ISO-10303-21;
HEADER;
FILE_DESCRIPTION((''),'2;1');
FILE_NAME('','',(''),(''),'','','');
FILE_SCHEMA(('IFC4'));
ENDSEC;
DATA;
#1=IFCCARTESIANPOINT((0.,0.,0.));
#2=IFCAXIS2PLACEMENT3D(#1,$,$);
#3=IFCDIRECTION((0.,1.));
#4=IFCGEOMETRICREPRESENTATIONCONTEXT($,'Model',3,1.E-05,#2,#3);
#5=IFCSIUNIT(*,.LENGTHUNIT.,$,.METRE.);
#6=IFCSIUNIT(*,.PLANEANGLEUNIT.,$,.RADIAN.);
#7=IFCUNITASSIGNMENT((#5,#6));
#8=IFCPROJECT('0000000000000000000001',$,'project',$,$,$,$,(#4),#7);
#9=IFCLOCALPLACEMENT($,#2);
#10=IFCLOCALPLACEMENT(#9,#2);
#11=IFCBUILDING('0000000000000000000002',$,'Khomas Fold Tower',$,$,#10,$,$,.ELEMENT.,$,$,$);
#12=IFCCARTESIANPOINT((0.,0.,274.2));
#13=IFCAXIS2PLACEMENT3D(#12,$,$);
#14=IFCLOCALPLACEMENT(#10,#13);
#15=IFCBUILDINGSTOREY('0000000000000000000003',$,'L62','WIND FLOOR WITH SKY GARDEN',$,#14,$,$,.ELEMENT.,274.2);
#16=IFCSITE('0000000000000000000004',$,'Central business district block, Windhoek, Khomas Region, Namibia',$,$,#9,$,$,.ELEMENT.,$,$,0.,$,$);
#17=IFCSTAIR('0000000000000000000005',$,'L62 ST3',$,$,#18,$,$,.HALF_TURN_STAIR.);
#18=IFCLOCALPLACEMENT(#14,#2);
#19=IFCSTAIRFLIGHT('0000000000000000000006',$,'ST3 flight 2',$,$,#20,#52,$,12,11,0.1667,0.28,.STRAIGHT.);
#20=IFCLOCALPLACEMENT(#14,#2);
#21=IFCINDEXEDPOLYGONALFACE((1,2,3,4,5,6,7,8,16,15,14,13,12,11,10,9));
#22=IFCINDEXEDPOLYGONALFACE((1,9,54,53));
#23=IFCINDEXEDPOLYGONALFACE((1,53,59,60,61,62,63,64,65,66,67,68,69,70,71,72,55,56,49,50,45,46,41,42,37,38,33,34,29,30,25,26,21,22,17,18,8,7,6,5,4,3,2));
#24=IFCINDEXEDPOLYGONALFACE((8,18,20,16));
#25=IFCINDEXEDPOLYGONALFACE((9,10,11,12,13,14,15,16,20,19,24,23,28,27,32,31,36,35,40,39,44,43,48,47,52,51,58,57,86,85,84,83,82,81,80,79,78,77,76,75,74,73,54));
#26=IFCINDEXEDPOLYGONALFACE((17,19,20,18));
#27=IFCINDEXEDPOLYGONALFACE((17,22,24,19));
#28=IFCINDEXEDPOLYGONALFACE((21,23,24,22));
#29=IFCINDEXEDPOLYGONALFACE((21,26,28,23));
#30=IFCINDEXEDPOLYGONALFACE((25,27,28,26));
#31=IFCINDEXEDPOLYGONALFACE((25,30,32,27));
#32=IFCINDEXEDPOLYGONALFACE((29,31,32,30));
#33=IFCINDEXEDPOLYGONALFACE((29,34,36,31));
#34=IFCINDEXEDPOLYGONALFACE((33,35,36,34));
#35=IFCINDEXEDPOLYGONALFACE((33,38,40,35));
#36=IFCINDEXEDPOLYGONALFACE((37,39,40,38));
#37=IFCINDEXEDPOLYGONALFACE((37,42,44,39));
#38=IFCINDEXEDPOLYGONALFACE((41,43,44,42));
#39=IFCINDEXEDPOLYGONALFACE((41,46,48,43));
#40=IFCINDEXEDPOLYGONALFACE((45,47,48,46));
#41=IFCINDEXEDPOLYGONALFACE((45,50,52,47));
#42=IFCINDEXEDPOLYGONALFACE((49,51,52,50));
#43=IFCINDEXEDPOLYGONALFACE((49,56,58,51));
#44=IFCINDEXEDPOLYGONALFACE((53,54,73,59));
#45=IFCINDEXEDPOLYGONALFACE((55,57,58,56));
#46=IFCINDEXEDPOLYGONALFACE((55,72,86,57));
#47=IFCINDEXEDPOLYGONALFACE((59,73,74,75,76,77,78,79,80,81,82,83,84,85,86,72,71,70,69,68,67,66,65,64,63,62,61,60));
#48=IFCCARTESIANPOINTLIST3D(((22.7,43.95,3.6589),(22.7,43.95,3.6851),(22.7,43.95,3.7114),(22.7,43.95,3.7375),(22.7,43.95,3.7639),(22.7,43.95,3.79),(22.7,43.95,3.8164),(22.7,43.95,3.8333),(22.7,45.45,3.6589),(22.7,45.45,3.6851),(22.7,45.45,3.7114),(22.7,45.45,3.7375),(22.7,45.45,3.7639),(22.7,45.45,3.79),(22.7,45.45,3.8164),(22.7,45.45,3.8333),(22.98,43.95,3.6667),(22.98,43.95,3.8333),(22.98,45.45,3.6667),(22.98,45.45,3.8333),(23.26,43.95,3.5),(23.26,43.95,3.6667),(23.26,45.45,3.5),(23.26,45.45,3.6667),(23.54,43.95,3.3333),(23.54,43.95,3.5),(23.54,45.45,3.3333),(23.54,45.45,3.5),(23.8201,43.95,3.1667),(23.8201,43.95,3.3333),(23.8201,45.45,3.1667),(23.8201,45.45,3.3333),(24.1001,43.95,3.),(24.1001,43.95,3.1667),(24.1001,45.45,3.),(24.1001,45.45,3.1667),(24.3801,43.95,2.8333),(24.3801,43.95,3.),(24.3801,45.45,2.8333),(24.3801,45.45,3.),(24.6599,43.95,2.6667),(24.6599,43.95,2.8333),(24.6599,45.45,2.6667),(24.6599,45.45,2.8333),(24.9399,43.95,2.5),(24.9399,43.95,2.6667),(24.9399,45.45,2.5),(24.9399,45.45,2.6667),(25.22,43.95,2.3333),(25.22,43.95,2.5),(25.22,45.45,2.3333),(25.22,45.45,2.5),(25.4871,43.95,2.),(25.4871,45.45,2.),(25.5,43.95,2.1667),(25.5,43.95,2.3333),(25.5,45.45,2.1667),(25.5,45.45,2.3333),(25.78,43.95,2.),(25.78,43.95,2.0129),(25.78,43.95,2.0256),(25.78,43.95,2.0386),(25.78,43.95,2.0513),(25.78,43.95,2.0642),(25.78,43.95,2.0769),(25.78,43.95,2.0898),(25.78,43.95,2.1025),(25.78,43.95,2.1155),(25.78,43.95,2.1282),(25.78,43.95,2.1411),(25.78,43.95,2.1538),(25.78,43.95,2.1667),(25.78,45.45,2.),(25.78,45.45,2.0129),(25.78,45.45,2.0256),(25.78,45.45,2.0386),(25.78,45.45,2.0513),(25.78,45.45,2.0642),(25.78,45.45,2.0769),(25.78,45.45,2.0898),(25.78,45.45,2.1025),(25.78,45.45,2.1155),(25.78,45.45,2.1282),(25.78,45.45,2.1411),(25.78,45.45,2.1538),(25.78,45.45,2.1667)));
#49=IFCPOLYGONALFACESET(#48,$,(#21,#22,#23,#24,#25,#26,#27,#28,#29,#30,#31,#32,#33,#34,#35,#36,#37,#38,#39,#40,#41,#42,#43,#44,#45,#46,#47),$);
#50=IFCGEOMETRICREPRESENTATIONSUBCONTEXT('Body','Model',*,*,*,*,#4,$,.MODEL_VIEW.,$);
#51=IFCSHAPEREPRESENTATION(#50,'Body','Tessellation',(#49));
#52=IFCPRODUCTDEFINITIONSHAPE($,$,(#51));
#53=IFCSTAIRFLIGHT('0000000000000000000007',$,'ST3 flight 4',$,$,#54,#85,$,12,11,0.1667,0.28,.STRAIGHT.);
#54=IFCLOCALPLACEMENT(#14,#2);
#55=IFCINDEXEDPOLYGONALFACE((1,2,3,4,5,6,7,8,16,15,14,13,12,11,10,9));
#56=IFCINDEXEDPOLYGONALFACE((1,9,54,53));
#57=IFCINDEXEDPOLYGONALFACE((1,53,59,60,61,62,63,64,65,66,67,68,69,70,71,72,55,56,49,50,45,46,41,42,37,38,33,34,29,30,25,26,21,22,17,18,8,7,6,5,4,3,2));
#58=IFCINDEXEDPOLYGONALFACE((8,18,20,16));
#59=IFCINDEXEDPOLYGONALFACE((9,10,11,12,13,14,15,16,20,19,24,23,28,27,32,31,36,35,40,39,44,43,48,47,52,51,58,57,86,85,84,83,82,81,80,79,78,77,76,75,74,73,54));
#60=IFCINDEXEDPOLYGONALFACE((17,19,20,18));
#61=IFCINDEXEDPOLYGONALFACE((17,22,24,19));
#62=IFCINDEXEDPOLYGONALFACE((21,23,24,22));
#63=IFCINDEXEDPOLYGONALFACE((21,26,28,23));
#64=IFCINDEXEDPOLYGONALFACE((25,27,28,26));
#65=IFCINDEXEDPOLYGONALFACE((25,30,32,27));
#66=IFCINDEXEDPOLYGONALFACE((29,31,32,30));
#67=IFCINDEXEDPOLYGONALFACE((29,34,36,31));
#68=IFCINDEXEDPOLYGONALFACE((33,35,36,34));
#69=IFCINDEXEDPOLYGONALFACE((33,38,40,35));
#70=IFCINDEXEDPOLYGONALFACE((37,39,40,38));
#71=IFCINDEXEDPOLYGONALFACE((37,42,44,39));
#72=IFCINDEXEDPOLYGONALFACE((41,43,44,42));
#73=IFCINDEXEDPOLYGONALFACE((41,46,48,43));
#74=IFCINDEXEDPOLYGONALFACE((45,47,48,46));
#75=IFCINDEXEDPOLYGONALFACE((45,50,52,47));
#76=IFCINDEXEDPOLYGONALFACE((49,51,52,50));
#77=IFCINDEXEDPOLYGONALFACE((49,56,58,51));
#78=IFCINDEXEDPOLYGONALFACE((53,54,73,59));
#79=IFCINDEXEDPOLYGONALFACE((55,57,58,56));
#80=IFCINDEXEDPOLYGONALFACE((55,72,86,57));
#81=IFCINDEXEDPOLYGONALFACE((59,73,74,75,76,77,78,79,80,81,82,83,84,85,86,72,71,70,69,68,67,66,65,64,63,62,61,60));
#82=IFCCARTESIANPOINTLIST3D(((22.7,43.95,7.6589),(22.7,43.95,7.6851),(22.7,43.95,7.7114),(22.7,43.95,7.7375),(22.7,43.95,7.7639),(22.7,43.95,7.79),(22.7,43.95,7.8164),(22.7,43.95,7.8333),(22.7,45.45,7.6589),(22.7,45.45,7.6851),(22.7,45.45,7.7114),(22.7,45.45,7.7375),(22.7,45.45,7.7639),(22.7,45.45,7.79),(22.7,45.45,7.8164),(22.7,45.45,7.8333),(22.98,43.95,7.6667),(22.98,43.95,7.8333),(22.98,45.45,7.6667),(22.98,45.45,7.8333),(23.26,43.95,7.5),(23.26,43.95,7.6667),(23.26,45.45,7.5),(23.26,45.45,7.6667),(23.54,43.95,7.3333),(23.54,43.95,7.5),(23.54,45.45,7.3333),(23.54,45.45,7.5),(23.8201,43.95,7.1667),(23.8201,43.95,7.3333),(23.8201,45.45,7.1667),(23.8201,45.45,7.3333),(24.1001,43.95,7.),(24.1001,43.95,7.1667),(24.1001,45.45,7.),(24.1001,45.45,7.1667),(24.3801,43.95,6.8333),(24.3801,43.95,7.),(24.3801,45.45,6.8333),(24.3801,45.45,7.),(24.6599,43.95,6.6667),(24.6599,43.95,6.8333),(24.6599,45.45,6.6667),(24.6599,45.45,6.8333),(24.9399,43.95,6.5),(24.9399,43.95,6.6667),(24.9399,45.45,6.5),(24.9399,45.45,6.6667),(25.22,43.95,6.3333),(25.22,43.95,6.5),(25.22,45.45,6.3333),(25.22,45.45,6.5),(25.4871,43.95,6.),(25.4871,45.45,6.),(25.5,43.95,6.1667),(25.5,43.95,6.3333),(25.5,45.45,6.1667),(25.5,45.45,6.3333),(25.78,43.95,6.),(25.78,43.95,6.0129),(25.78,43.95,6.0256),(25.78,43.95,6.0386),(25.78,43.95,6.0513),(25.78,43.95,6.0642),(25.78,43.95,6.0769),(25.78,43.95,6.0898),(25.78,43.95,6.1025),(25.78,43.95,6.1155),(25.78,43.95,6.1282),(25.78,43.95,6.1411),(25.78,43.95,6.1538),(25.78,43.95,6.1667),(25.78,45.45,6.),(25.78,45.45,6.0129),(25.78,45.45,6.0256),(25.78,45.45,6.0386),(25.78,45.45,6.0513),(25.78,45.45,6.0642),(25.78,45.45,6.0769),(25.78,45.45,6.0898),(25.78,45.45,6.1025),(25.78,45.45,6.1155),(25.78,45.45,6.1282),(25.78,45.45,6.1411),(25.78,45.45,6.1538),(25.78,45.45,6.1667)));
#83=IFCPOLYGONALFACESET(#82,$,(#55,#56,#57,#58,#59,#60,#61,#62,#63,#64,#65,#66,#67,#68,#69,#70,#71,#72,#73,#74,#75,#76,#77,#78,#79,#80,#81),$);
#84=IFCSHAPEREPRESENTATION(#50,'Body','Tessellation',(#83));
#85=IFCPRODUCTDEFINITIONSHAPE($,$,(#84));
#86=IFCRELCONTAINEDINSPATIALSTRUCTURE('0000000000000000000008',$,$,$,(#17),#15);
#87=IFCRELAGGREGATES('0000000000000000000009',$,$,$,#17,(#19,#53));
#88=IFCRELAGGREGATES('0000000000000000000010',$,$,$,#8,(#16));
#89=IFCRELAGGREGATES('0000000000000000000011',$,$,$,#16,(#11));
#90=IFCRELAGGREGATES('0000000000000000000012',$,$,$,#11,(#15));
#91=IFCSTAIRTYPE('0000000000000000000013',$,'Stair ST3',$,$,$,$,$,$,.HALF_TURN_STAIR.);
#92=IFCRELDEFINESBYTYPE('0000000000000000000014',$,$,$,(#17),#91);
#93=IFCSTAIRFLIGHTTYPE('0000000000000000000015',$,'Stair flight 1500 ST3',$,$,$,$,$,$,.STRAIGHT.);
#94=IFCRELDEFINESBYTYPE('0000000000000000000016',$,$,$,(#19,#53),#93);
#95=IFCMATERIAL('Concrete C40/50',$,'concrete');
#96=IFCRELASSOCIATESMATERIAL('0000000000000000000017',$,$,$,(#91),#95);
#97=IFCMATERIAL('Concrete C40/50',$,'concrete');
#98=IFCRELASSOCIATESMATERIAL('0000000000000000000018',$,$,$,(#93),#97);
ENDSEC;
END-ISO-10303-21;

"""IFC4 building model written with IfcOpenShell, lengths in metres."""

from ifc_helpers import new_model, si_unit, direction, frame, origin, place, context, subcontext, project, spatial, polyline, outline, extrude, source, transform, mapped, material, type_object, element, aggregate, save


model = new_model("IFC4")

# Units and contexts
model_context = context("Model", 3, precision=1e-05, world=origin(), true_north=direction((0.0, 1.0)))
body_context = subcontext(model_context, "Body", "Model", "MODEL_VIEW")
ifc_project = project(units=[si_unit("LENGTHUNIT", "METRE"), si_unit("PLANEANGLEUNIT", "RADIAN")], contexts=[model_context])

# Site, building, storey
site_placement = place(None, origin())
site = spatial("IfcSite", under=ifc_project, at=site_placement, Name="Central business district block, Windhoek, Khomas Region, Namibia", CompositionType="ELEMENT", RefElevation=0.0)
building_placement = place(site_placement, origin())
building = spatial("IfcBuilding", under=site, at=building_placement, Name="Khomas Fold Tower", CompositionType="ELEMENT")
storey_placement = place(building_placement, frame((0.0, 0.0, 274.2)))
storey = spatial("IfcBuildingStorey", under=building, at=storey_placement, Name="L62", Description="WIND FLOOR WITH SKY GARDEN", CompositionType="ELEMENT", Elevation=274.2)

# Stair, stair flights
ifc_material_1 = material(Name="Concrete C40/50", Category="concrete")
stair_type = type_object("IfcStairType", Name="Stair ST3", PredefinedType="HALF_TURN_STAIR", material=ifc_material_1)
stair_placement = place(storey_placement, origin())
stair = element("IfcStair", 1, at=stair_placement, inside=storey, type_object=stair_type, Name="L62 ST3", PredefinedType="HALF_TURN_STAIR")
ifc_material_2 = material(Name="Concrete C40/50", Category="concrete")
stair_flight_type = type_object("IfcStairFlightType", Name="Stair flight 1500 ST3", PredefinedType="STRAIGHT", material=ifc_material_2)
shared_shape_1 = source(origin(), body_context, "Body", "SweptSolid", [
    extrude(outline(polyline([(0.0, 0.0), (0.0, 0.0129), (0.0, 0.0256), (0.0, 0.0386), (0.0, 0.0513), (0.0, 0.0642), (0.0, 0.0769), (0.0, 0.0898), (0.0, 0.1025), (0.0, 0.1155), (0.0, 0.1282), (0.0, 0.1411), (0.0, 0.1538), (0.0, 0.1667), (0.28, 0.1667), (0.28, 0.3333), (0.5601, 0.3333), (0.5601, 0.5), (0.8401, 0.5), (0.8401, 0.6667), (1.1201, 0.6667), (1.1201, 0.8333), (1.3999, 0.8333), (1.3999, 1.0), (1.6799, 1.0), (1.6799, 1.1667), (1.96, 1.1667), (1.96, 1.3333), (2.24, 1.3333), (2.24, 1.5), (2.52, 1.5), (2.52, 1.6667), (2.8, 1.6667), (2.8, 1.8333), (3.0801, 1.8333), (3.0801, 2.0), (3.0801, 1.9739), (3.0801, 1.9475), (3.0801, 1.9214), (3.0801, 1.895), (3.0801, 1.8689), (3.0801, 1.8425), (3.0801, 1.8164), (3.0801, 1.79), (3.0801, 1.7639), (3.0801, 1.7375), (3.0801, 1.7114), (3.0801, 1.6851), (3.0801, 1.6589), (0.293, 0.0), (0.0, 0.0)])), frame((0.0, 0.75, 0.0), z_axis=(0.0, -1.0, 0.0), x_axis=(1.0, 0.0, 0.0)), (0.0, 0.0, 1.0), 1.5),
])
stair_flight_1_placement = place(storey_placement, frame((25.78, 44.7, 2.0), z_axis=(0.0, 0.0, 1.0), x_axis=(-1.0, 0.0, 0.0)))
stair_flight_1 = element("IfcStairFlight", 2, at=stair_flight_1_placement, type_object=stair_flight_type, Name="ST3 flight 2", NumberOfRisers=12, NumberOfTreads=11, PredefinedType="STRAIGHT", RiserHeight=0.1667, TreadLength=0.28, context=body_context, shape_type="MappedRepresentation", body=[
    mapped(shared_shape_1, transform((0.0, 0.0, 0.0))),
])
stair_flight_2_placement = place(storey_placement, frame((25.78, 44.7, 6.0), z_axis=(0.0, 0.0, 1.0), x_axis=(-1.0, 0.0, 0.0)))
stair_flight_2 = element("IfcStairFlight", 3, at=stair_flight_2_placement, type_object=stair_flight_type, Name="ST3 flight 4", NumberOfRisers=12, NumberOfTreads=11, PredefinedType="STRAIGHT", RiserHeight=0.1667, TreadLength=0.28, context=body_context, shape_type="MappedRepresentation", body=[
    mapped(shared_shape_1, transform((0.0, 0.0, 0.0))),
])
aggregate(stair, [stair_flight_1, stair_flight_2])

save(model, "model.ifc")
